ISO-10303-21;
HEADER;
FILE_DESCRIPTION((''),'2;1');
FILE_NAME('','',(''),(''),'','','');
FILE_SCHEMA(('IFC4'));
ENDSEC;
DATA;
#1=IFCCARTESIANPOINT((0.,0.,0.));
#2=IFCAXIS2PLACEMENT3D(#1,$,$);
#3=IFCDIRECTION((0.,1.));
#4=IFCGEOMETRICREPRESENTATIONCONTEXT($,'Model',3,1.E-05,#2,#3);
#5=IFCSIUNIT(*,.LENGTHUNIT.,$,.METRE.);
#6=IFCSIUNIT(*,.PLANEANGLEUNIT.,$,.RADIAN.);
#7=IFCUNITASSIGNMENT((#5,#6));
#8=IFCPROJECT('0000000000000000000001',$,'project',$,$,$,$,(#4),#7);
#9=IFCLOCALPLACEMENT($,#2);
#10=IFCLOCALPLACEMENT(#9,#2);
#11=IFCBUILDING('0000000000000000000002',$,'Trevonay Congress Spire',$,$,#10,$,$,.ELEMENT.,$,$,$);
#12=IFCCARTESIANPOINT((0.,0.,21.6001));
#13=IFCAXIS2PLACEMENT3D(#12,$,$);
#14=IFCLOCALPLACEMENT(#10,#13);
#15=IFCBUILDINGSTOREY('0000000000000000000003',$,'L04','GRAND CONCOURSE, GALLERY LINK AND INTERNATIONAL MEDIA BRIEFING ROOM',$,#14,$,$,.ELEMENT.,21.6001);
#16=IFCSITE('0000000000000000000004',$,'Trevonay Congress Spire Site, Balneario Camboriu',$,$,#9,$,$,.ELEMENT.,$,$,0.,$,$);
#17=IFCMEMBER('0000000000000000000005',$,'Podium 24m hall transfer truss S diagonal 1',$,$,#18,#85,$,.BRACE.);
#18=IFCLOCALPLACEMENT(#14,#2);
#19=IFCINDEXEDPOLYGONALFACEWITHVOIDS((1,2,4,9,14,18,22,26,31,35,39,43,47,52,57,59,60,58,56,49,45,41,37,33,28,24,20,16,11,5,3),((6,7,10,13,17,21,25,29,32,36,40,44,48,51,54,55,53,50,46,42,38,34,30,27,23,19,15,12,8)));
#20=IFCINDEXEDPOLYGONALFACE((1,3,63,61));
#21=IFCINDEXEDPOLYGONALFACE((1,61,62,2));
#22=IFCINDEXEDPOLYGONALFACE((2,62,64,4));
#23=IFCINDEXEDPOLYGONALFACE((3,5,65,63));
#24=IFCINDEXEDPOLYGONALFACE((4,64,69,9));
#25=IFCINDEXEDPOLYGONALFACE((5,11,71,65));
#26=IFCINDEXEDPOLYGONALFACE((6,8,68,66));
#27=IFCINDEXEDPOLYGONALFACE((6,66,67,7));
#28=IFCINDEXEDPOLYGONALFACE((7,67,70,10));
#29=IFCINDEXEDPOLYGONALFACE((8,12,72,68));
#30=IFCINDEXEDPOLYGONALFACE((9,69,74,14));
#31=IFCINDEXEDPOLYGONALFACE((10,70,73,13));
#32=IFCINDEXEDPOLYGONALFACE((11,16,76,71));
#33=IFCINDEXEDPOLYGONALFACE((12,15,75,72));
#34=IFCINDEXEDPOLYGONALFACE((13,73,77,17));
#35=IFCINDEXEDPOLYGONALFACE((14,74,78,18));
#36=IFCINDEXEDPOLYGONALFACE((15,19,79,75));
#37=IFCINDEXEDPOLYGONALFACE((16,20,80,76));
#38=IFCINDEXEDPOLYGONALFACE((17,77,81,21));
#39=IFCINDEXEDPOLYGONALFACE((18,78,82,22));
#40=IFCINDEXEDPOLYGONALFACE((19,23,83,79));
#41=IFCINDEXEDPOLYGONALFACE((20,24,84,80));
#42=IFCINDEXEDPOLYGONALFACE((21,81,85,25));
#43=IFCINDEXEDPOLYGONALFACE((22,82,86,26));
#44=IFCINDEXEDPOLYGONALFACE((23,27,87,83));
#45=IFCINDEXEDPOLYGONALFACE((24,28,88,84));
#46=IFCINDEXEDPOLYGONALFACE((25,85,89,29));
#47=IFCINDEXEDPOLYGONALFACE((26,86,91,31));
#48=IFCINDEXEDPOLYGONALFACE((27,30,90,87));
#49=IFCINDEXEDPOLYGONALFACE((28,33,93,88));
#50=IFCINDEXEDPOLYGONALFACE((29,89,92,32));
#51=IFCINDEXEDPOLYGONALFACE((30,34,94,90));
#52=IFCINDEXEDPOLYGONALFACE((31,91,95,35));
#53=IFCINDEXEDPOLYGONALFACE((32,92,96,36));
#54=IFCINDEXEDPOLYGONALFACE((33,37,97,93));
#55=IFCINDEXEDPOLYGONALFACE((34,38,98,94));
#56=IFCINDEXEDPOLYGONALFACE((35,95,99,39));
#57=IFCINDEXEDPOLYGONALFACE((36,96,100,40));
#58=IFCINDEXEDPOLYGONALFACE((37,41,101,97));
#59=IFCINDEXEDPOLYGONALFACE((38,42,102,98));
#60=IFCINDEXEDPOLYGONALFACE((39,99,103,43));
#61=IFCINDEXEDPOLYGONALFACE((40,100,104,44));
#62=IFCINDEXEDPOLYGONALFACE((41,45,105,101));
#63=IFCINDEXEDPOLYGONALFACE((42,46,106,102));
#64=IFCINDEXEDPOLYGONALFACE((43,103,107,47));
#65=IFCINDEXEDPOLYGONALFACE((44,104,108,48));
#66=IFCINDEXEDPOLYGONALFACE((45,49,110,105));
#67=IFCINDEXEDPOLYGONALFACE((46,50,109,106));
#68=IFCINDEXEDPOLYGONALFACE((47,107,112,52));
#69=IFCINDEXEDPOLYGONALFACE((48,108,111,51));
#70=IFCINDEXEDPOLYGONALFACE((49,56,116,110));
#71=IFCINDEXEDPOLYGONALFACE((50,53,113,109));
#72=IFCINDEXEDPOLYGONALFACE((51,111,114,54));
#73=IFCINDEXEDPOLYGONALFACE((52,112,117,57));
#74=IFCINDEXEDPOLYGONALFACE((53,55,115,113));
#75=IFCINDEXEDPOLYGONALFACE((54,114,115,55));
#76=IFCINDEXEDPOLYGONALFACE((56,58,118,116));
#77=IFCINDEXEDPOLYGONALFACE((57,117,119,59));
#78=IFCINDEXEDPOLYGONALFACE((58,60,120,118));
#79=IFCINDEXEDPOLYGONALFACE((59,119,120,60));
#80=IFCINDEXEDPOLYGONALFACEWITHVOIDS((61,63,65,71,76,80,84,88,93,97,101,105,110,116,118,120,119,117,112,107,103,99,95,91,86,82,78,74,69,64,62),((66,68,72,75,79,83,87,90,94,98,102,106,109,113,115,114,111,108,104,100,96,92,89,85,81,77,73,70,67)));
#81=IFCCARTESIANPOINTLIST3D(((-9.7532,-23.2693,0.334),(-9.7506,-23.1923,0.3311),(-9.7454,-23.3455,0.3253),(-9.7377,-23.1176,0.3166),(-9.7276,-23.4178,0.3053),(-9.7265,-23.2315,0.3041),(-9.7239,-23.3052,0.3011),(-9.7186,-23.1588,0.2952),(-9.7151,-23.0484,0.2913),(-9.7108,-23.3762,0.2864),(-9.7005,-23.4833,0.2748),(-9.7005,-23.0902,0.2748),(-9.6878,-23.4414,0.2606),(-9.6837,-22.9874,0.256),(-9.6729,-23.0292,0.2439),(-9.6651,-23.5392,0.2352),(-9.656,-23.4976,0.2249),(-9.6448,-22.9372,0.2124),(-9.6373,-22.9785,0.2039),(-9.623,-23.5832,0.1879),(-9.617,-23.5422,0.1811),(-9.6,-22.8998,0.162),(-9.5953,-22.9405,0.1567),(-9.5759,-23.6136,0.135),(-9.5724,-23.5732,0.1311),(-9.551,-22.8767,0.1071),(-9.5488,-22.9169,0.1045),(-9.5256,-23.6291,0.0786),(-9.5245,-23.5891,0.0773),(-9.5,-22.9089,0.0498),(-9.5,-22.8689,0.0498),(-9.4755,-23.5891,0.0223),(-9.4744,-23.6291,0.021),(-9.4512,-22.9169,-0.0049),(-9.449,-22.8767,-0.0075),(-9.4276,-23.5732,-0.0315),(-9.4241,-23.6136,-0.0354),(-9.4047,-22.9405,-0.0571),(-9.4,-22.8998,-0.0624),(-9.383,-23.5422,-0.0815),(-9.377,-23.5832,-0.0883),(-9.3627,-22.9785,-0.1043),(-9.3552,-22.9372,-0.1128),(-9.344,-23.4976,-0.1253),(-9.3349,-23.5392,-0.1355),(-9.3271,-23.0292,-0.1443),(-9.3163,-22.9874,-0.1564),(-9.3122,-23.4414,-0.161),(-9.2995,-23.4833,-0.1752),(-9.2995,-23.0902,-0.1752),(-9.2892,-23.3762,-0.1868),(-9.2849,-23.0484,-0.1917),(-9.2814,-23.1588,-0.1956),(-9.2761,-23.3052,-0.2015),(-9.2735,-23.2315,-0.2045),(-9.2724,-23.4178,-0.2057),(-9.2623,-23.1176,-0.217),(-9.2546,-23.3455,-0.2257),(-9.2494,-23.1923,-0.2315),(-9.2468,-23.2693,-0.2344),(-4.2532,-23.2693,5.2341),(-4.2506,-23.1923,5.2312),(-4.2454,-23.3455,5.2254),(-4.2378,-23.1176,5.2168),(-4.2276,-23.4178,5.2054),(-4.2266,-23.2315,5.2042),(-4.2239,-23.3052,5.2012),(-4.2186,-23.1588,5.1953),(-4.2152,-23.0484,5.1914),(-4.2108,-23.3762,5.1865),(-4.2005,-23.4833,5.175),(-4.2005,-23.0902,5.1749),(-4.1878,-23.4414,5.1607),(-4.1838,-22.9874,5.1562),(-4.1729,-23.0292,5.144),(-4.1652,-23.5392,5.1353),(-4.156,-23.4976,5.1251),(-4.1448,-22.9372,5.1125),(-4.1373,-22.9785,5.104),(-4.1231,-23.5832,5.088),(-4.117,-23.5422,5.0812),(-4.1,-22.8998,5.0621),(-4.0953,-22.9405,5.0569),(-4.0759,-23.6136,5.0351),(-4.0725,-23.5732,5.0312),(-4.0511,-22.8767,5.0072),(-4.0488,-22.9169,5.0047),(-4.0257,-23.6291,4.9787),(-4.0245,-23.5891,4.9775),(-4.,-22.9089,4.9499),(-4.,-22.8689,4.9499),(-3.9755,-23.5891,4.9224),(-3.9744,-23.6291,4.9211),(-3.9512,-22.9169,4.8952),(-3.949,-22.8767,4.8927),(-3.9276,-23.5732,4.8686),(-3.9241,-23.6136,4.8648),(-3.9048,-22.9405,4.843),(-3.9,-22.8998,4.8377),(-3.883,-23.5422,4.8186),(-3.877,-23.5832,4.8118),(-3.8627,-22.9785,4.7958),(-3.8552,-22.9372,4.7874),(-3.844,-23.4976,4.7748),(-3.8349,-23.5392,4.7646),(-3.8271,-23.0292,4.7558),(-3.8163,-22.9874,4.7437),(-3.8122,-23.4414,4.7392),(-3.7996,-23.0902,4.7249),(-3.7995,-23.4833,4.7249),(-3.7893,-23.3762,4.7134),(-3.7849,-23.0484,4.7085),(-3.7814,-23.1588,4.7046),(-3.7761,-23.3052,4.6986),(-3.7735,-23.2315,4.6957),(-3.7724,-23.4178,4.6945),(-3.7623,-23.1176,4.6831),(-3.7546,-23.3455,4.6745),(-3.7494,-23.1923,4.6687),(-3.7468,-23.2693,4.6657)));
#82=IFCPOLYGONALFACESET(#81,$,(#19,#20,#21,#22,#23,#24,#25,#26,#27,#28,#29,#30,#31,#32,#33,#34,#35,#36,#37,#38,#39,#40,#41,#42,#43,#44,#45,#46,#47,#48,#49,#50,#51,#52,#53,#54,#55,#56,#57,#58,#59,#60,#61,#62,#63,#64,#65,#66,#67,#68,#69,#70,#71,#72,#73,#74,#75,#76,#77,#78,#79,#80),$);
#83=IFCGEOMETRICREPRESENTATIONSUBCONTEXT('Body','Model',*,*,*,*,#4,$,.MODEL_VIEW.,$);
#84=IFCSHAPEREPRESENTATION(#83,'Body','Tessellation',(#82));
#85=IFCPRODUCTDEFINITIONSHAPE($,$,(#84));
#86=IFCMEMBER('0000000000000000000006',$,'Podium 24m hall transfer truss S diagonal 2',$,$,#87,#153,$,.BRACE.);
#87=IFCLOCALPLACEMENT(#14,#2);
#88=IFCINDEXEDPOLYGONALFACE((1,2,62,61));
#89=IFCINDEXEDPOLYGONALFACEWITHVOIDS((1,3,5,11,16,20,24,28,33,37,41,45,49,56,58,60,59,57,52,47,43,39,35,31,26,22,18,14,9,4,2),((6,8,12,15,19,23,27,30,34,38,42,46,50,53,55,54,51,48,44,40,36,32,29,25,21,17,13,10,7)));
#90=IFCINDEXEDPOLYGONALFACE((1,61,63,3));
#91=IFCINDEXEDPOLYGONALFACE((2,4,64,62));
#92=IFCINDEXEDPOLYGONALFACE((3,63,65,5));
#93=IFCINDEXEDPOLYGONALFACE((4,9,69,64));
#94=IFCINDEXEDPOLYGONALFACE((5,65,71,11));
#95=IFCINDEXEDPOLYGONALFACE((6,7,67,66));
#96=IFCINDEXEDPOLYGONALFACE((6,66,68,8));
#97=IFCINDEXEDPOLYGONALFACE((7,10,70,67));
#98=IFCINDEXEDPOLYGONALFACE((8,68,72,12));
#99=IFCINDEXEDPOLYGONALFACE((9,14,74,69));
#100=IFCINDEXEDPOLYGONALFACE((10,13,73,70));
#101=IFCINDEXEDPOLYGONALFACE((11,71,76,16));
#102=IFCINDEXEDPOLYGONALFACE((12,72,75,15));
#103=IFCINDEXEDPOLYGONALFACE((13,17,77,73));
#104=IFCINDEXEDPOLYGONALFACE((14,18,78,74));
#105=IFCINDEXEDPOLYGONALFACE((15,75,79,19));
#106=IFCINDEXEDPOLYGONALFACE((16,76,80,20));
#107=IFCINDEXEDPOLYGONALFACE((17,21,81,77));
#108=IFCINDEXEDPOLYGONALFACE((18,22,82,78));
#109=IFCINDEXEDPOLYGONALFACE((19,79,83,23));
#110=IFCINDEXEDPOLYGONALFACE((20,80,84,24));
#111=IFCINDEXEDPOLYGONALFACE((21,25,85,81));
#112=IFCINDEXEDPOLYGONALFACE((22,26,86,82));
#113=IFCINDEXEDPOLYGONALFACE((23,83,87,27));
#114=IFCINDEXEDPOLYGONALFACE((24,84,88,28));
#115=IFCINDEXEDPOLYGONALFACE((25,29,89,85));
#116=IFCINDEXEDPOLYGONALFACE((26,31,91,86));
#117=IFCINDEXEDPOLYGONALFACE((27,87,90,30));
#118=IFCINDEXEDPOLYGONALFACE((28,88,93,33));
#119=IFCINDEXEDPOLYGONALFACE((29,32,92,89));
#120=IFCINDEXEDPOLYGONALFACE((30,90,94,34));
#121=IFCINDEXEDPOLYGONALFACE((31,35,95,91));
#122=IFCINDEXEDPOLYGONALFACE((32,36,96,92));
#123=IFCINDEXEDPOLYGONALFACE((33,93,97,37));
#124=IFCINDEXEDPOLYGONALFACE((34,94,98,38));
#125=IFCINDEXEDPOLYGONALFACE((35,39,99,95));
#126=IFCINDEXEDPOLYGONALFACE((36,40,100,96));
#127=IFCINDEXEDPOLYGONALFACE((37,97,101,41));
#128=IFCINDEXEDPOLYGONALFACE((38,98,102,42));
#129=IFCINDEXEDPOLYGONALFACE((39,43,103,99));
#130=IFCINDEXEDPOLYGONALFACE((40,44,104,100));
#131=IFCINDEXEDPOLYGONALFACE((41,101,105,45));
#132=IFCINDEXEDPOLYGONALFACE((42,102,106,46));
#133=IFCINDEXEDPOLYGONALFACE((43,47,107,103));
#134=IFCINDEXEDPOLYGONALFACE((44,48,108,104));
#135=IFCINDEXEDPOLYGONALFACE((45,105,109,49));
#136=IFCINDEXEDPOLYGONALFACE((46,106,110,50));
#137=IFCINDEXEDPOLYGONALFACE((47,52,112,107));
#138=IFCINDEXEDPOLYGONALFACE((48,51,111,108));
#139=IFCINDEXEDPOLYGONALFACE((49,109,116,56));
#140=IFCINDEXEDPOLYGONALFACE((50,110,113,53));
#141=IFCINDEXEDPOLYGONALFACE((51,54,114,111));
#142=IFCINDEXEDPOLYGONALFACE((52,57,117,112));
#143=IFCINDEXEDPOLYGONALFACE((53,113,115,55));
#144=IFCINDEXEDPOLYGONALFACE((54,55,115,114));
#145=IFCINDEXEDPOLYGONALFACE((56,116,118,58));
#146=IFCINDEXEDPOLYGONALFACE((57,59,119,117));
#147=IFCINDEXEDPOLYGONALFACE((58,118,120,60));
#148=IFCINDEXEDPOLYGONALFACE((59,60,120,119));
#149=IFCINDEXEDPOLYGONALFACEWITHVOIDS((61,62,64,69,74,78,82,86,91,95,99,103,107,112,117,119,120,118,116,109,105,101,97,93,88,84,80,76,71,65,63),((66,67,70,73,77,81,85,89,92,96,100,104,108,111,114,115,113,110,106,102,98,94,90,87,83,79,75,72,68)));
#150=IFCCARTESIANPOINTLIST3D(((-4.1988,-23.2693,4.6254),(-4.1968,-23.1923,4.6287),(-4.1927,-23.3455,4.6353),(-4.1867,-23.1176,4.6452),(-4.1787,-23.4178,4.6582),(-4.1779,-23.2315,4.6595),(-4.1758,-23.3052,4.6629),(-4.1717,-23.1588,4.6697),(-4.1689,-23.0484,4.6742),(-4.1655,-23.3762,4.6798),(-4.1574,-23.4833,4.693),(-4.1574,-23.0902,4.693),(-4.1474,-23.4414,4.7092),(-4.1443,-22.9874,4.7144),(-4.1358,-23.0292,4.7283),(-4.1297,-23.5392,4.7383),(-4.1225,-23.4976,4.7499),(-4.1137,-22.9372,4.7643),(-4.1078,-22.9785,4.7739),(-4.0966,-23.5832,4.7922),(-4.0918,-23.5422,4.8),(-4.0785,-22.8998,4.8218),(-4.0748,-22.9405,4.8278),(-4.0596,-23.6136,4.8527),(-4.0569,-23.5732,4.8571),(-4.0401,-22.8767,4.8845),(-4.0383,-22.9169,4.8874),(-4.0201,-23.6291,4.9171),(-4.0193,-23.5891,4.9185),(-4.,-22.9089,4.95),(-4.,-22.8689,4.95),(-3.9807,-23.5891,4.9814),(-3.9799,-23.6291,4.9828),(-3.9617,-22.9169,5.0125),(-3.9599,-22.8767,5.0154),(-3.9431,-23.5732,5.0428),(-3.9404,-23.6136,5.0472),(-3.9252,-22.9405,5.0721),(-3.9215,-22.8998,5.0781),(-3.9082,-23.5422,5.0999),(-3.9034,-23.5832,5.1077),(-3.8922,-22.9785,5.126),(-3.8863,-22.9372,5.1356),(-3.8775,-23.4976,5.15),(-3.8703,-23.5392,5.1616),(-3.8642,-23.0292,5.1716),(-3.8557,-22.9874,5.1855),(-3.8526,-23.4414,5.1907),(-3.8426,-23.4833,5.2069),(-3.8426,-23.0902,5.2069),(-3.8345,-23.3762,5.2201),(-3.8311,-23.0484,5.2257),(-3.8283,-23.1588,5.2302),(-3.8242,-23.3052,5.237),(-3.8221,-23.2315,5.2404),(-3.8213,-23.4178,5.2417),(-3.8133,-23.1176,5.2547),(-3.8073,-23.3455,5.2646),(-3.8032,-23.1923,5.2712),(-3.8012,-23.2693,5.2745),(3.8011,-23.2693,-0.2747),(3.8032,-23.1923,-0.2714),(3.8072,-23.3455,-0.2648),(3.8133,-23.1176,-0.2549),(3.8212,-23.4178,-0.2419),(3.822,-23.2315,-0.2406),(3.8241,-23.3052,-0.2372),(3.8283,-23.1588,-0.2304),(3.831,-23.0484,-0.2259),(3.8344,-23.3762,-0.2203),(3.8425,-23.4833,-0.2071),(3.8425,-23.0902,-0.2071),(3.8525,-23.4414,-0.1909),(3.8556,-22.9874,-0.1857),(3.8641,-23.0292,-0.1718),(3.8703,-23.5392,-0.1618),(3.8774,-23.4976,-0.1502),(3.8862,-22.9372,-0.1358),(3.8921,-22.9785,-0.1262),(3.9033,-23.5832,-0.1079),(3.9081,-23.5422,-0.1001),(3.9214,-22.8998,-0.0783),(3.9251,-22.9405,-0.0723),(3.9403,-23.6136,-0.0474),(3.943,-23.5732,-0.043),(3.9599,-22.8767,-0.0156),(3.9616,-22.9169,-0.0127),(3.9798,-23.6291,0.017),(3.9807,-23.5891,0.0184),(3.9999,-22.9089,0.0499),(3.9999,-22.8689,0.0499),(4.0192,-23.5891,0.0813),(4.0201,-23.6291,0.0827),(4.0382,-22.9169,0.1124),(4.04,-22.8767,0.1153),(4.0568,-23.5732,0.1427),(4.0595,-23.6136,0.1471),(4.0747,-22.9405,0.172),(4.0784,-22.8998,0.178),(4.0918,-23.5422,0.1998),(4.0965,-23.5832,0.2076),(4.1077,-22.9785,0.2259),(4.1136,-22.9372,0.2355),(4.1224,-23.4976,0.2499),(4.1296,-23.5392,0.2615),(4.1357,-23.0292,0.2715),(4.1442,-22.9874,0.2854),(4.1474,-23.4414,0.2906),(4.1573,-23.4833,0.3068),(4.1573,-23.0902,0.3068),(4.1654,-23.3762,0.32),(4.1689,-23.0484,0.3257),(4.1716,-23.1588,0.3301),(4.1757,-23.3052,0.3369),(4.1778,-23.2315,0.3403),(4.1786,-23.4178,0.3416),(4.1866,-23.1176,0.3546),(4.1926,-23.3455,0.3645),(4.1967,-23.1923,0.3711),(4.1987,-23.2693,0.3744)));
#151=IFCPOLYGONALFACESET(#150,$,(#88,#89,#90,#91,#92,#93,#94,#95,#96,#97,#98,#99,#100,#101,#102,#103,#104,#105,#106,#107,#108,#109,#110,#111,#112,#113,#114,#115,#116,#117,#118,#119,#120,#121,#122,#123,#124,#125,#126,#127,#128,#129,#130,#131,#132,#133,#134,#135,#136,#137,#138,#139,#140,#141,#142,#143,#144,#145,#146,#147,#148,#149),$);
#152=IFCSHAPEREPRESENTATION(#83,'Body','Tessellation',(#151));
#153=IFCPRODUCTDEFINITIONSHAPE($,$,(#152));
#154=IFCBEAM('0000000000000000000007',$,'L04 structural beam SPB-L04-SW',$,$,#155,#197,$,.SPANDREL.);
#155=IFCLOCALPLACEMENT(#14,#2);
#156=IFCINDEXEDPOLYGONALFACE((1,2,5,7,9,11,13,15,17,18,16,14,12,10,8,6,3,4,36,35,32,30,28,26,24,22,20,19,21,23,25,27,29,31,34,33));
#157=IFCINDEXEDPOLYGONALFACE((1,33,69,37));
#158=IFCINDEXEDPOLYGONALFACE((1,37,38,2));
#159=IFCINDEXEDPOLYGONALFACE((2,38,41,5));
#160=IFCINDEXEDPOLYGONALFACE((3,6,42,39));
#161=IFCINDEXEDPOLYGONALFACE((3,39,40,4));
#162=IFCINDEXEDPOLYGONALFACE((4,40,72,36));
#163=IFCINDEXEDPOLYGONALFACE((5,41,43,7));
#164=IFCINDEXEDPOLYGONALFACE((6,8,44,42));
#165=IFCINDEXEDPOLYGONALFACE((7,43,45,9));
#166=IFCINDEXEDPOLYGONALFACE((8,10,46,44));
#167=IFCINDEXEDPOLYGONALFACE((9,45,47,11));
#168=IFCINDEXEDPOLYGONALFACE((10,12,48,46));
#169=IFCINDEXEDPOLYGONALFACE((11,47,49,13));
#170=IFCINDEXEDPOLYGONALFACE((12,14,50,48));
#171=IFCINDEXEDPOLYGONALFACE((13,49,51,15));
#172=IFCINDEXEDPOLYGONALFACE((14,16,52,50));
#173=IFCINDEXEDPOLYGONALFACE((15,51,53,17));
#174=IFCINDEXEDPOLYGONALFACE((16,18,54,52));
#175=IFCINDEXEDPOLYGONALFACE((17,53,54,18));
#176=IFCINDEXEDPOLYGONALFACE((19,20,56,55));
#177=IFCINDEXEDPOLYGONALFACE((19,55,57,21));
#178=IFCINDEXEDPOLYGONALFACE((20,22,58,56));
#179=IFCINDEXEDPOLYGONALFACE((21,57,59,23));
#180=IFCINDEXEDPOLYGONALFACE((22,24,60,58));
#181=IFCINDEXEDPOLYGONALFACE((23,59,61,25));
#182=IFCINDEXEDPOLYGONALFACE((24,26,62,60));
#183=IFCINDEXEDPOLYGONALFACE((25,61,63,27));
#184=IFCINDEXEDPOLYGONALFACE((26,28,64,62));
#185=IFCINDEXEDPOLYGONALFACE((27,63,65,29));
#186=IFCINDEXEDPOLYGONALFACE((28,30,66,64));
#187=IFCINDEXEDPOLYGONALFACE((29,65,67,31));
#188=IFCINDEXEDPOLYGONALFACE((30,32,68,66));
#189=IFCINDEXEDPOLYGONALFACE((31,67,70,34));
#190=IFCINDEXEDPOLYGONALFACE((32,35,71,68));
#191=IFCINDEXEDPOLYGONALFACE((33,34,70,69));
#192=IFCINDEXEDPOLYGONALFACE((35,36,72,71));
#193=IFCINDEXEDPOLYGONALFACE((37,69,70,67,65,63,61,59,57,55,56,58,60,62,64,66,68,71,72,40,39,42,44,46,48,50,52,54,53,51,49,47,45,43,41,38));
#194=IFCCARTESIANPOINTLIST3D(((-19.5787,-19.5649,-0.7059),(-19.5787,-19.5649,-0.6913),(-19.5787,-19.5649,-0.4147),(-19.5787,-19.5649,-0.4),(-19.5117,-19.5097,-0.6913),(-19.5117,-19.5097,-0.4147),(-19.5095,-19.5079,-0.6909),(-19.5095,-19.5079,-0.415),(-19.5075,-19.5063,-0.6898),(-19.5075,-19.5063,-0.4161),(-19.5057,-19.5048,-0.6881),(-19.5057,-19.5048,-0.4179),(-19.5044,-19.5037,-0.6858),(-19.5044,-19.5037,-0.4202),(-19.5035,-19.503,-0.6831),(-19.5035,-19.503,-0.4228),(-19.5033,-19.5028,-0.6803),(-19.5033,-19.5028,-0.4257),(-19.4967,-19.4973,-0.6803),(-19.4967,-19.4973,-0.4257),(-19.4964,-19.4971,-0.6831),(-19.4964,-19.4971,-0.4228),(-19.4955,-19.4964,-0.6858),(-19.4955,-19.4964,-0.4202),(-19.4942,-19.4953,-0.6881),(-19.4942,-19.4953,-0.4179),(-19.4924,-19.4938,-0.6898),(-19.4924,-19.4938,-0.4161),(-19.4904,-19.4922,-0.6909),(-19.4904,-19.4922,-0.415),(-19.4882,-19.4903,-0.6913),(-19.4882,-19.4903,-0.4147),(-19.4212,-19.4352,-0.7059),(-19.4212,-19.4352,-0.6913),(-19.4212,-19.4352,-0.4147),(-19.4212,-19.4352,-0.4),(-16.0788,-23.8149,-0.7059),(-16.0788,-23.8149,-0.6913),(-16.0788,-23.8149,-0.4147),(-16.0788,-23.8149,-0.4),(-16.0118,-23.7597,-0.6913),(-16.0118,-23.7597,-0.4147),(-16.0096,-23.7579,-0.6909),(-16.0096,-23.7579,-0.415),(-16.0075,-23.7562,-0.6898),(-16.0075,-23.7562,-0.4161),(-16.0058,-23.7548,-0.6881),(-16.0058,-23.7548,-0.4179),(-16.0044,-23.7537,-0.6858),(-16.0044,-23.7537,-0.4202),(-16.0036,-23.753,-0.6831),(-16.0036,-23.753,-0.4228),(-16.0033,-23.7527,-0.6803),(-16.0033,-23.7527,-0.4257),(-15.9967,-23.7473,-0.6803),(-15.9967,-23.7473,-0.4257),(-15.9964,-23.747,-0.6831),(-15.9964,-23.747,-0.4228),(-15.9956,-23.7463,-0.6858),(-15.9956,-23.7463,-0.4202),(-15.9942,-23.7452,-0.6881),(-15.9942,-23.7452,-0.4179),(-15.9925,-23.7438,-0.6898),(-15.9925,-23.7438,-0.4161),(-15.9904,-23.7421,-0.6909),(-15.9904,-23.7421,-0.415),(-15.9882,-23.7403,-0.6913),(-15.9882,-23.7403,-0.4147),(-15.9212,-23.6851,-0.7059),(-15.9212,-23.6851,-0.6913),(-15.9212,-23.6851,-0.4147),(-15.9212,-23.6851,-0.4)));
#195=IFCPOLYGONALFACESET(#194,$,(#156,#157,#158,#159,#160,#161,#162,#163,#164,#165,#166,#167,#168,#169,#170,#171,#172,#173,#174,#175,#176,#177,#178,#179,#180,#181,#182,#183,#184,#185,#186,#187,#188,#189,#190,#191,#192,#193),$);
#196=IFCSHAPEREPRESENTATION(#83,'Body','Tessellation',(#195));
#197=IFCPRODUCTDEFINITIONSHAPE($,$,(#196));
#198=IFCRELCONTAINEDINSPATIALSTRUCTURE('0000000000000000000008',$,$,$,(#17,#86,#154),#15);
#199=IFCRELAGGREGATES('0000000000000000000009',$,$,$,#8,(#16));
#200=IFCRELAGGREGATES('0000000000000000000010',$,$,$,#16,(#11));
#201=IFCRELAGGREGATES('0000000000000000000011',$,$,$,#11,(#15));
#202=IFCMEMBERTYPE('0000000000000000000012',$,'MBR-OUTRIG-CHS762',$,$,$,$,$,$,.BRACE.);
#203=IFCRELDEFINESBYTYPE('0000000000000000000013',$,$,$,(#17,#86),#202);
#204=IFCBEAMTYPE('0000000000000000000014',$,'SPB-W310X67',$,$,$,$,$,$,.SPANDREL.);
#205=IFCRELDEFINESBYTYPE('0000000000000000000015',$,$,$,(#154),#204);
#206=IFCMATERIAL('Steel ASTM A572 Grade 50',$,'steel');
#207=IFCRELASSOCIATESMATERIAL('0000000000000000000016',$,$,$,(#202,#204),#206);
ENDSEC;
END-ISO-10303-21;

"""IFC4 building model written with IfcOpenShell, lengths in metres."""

from ifc_helpers import new_model, si_unit, direction, frame, origin, origin_2d, place, context, subcontext, project, spatial, hollow_circle, i_section, extrude, material, material_profile, profile_set, type_object, element, save


model = new_model("IFC4")

# Units and contexts
model_context = context("Model", 3, precision=1e-05, world=origin(), true_north=direction((0.0, 1.0)))
body_context = subcontext(model_context, "Body", "Model", "MODEL_VIEW")
ifc_project = project(units=[si_unit("LENGTHUNIT", "METRE"), si_unit("PLANEANGLEUNIT", "RADIAN")], contexts=[model_context])

# Site, building, storey
site_placement = place(None, origin())
site = spatial("IfcSite", under=ifc_project, at=site_placement, Name="Trevonay Congress Spire Site, Balneario Camboriu", CompositionType="ELEMENT", RefElevation=0.0)
building_placement = place(site_placement, origin())
building = spatial("IfcBuilding", under=site, at=building_placement, Name="Trevonay Congress Spire", CompositionType="ELEMENT")
storey_placement = place(building_placement, frame((0.0, 0.0, 21.6001)))
storey = spatial("IfcBuildingStorey", under=building, at=storey_placement, Name="L04", Description="GRAND CONCOURSE, GALLERY LINK AND INTERNATIONAL MEDIA BRIEFING ROOM", CompositionType="ELEMENT", Elevation=21.6001)

# Shared definitions
ifc_material_1 = material(Name="Steel ASTM A572 Grade 50", Category="steel")

# Members
ifc_material_profile_1 = material_profile(ifc_material_1, hollow_circle(Radius=0.3811, WallThickness=0.04, at=origin_2d()), Name="CHS 762x40")
ifc_profile_set_1 = profile_set([ifc_material_profile_1], Name="Steel ASTM A572 Grade 50")
member_type_1 = type_object("IfcMemberType", Name="MBR-OUTRIG-CHS762", PredefinedType="BRACE", material=ifc_profile_set_1)
member_1_placement = place(storey_placement, frame((-9.5, -23.25, 0.0498), z_axis=(0.74665, 0.0, 0.665217), x_axis=(0.0, 1.0, 0.0)))
element("IfcMember", 1, at=member_1_placement, inside=storey, type_object=member_type_1, Name="Podium 24m hall transfer truss S diagonal 1", PredefinedType="BRACE", context=body_context, shape_type="SweptSolid", body=[
    extrude(hollow_circle(Radius=0.3811, WallThickness=0.04, at=origin_2d()), origin(), (0.0, 0.0, 1.0), 7.3662),
])
member_2_placement = place(storey_placement, frame((-4.0, -23.25, 4.95), z_axis=(0.852747, 0.0, -0.522323), x_axis=(0.0, 1.0, 0.0)))
element("IfcMember", 2, at=member_2_placement, inside=storey, type_object=member_type_1, Name="Podium 24m hall transfer truss S diagonal 2", PredefinedType="BRACE", context=body_context, shape_type="SweptSolid", body=[
    extrude(hollow_circle(Radius=0.3811, WallThickness=0.04, at=origin_2d()), origin(), (0.0, 0.0, 1.0), 9.3813),
])

# Beam
ifc_material_profile_2 = material_profile(ifc_material_1, i_section(OverallWidth=0.2041, OverallDepth=0.3059, WebThickness=0.0085, FlangeThickness=0.0146, FilletRadius=0.011, at=origin_2d()), Name="W310x67")
ifc_profile_set_2 = profile_set([ifc_material_profile_2], Name="Steel ASTM A572 Grade 50")
beam_type_1 = type_object("IfcBeamType", Name="SPB-W310X67", PredefinedType="SPANDREL", material=ifc_profile_set_2)
beam_1_placement = place(storey_placement, frame((-16.0, -23.75, -0.553), z_axis=(-0.635707, 0.77193, 0.0), x_axis=(-0.77193, -0.635707, 0.0)))
element("IfcBeam", 3, at=beam_1_placement, inside=storey, type_object=beam_type_1, Name="L04 structural beam SPB-L04-SW", PredefinedType="SPANDREL", context=body_context, shape_type="SweptSolid", body=[
    extrude(i_section(OverallWidth=0.2041, OverallDepth=0.3059, WebThickness=0.0085, FlangeThickness=0.0146, FilletRadius=0.011, at=origin_2d()), origin(), (0.0, 0.0, 1.0), 5.5056),
])

save(model, "model.ifc")
